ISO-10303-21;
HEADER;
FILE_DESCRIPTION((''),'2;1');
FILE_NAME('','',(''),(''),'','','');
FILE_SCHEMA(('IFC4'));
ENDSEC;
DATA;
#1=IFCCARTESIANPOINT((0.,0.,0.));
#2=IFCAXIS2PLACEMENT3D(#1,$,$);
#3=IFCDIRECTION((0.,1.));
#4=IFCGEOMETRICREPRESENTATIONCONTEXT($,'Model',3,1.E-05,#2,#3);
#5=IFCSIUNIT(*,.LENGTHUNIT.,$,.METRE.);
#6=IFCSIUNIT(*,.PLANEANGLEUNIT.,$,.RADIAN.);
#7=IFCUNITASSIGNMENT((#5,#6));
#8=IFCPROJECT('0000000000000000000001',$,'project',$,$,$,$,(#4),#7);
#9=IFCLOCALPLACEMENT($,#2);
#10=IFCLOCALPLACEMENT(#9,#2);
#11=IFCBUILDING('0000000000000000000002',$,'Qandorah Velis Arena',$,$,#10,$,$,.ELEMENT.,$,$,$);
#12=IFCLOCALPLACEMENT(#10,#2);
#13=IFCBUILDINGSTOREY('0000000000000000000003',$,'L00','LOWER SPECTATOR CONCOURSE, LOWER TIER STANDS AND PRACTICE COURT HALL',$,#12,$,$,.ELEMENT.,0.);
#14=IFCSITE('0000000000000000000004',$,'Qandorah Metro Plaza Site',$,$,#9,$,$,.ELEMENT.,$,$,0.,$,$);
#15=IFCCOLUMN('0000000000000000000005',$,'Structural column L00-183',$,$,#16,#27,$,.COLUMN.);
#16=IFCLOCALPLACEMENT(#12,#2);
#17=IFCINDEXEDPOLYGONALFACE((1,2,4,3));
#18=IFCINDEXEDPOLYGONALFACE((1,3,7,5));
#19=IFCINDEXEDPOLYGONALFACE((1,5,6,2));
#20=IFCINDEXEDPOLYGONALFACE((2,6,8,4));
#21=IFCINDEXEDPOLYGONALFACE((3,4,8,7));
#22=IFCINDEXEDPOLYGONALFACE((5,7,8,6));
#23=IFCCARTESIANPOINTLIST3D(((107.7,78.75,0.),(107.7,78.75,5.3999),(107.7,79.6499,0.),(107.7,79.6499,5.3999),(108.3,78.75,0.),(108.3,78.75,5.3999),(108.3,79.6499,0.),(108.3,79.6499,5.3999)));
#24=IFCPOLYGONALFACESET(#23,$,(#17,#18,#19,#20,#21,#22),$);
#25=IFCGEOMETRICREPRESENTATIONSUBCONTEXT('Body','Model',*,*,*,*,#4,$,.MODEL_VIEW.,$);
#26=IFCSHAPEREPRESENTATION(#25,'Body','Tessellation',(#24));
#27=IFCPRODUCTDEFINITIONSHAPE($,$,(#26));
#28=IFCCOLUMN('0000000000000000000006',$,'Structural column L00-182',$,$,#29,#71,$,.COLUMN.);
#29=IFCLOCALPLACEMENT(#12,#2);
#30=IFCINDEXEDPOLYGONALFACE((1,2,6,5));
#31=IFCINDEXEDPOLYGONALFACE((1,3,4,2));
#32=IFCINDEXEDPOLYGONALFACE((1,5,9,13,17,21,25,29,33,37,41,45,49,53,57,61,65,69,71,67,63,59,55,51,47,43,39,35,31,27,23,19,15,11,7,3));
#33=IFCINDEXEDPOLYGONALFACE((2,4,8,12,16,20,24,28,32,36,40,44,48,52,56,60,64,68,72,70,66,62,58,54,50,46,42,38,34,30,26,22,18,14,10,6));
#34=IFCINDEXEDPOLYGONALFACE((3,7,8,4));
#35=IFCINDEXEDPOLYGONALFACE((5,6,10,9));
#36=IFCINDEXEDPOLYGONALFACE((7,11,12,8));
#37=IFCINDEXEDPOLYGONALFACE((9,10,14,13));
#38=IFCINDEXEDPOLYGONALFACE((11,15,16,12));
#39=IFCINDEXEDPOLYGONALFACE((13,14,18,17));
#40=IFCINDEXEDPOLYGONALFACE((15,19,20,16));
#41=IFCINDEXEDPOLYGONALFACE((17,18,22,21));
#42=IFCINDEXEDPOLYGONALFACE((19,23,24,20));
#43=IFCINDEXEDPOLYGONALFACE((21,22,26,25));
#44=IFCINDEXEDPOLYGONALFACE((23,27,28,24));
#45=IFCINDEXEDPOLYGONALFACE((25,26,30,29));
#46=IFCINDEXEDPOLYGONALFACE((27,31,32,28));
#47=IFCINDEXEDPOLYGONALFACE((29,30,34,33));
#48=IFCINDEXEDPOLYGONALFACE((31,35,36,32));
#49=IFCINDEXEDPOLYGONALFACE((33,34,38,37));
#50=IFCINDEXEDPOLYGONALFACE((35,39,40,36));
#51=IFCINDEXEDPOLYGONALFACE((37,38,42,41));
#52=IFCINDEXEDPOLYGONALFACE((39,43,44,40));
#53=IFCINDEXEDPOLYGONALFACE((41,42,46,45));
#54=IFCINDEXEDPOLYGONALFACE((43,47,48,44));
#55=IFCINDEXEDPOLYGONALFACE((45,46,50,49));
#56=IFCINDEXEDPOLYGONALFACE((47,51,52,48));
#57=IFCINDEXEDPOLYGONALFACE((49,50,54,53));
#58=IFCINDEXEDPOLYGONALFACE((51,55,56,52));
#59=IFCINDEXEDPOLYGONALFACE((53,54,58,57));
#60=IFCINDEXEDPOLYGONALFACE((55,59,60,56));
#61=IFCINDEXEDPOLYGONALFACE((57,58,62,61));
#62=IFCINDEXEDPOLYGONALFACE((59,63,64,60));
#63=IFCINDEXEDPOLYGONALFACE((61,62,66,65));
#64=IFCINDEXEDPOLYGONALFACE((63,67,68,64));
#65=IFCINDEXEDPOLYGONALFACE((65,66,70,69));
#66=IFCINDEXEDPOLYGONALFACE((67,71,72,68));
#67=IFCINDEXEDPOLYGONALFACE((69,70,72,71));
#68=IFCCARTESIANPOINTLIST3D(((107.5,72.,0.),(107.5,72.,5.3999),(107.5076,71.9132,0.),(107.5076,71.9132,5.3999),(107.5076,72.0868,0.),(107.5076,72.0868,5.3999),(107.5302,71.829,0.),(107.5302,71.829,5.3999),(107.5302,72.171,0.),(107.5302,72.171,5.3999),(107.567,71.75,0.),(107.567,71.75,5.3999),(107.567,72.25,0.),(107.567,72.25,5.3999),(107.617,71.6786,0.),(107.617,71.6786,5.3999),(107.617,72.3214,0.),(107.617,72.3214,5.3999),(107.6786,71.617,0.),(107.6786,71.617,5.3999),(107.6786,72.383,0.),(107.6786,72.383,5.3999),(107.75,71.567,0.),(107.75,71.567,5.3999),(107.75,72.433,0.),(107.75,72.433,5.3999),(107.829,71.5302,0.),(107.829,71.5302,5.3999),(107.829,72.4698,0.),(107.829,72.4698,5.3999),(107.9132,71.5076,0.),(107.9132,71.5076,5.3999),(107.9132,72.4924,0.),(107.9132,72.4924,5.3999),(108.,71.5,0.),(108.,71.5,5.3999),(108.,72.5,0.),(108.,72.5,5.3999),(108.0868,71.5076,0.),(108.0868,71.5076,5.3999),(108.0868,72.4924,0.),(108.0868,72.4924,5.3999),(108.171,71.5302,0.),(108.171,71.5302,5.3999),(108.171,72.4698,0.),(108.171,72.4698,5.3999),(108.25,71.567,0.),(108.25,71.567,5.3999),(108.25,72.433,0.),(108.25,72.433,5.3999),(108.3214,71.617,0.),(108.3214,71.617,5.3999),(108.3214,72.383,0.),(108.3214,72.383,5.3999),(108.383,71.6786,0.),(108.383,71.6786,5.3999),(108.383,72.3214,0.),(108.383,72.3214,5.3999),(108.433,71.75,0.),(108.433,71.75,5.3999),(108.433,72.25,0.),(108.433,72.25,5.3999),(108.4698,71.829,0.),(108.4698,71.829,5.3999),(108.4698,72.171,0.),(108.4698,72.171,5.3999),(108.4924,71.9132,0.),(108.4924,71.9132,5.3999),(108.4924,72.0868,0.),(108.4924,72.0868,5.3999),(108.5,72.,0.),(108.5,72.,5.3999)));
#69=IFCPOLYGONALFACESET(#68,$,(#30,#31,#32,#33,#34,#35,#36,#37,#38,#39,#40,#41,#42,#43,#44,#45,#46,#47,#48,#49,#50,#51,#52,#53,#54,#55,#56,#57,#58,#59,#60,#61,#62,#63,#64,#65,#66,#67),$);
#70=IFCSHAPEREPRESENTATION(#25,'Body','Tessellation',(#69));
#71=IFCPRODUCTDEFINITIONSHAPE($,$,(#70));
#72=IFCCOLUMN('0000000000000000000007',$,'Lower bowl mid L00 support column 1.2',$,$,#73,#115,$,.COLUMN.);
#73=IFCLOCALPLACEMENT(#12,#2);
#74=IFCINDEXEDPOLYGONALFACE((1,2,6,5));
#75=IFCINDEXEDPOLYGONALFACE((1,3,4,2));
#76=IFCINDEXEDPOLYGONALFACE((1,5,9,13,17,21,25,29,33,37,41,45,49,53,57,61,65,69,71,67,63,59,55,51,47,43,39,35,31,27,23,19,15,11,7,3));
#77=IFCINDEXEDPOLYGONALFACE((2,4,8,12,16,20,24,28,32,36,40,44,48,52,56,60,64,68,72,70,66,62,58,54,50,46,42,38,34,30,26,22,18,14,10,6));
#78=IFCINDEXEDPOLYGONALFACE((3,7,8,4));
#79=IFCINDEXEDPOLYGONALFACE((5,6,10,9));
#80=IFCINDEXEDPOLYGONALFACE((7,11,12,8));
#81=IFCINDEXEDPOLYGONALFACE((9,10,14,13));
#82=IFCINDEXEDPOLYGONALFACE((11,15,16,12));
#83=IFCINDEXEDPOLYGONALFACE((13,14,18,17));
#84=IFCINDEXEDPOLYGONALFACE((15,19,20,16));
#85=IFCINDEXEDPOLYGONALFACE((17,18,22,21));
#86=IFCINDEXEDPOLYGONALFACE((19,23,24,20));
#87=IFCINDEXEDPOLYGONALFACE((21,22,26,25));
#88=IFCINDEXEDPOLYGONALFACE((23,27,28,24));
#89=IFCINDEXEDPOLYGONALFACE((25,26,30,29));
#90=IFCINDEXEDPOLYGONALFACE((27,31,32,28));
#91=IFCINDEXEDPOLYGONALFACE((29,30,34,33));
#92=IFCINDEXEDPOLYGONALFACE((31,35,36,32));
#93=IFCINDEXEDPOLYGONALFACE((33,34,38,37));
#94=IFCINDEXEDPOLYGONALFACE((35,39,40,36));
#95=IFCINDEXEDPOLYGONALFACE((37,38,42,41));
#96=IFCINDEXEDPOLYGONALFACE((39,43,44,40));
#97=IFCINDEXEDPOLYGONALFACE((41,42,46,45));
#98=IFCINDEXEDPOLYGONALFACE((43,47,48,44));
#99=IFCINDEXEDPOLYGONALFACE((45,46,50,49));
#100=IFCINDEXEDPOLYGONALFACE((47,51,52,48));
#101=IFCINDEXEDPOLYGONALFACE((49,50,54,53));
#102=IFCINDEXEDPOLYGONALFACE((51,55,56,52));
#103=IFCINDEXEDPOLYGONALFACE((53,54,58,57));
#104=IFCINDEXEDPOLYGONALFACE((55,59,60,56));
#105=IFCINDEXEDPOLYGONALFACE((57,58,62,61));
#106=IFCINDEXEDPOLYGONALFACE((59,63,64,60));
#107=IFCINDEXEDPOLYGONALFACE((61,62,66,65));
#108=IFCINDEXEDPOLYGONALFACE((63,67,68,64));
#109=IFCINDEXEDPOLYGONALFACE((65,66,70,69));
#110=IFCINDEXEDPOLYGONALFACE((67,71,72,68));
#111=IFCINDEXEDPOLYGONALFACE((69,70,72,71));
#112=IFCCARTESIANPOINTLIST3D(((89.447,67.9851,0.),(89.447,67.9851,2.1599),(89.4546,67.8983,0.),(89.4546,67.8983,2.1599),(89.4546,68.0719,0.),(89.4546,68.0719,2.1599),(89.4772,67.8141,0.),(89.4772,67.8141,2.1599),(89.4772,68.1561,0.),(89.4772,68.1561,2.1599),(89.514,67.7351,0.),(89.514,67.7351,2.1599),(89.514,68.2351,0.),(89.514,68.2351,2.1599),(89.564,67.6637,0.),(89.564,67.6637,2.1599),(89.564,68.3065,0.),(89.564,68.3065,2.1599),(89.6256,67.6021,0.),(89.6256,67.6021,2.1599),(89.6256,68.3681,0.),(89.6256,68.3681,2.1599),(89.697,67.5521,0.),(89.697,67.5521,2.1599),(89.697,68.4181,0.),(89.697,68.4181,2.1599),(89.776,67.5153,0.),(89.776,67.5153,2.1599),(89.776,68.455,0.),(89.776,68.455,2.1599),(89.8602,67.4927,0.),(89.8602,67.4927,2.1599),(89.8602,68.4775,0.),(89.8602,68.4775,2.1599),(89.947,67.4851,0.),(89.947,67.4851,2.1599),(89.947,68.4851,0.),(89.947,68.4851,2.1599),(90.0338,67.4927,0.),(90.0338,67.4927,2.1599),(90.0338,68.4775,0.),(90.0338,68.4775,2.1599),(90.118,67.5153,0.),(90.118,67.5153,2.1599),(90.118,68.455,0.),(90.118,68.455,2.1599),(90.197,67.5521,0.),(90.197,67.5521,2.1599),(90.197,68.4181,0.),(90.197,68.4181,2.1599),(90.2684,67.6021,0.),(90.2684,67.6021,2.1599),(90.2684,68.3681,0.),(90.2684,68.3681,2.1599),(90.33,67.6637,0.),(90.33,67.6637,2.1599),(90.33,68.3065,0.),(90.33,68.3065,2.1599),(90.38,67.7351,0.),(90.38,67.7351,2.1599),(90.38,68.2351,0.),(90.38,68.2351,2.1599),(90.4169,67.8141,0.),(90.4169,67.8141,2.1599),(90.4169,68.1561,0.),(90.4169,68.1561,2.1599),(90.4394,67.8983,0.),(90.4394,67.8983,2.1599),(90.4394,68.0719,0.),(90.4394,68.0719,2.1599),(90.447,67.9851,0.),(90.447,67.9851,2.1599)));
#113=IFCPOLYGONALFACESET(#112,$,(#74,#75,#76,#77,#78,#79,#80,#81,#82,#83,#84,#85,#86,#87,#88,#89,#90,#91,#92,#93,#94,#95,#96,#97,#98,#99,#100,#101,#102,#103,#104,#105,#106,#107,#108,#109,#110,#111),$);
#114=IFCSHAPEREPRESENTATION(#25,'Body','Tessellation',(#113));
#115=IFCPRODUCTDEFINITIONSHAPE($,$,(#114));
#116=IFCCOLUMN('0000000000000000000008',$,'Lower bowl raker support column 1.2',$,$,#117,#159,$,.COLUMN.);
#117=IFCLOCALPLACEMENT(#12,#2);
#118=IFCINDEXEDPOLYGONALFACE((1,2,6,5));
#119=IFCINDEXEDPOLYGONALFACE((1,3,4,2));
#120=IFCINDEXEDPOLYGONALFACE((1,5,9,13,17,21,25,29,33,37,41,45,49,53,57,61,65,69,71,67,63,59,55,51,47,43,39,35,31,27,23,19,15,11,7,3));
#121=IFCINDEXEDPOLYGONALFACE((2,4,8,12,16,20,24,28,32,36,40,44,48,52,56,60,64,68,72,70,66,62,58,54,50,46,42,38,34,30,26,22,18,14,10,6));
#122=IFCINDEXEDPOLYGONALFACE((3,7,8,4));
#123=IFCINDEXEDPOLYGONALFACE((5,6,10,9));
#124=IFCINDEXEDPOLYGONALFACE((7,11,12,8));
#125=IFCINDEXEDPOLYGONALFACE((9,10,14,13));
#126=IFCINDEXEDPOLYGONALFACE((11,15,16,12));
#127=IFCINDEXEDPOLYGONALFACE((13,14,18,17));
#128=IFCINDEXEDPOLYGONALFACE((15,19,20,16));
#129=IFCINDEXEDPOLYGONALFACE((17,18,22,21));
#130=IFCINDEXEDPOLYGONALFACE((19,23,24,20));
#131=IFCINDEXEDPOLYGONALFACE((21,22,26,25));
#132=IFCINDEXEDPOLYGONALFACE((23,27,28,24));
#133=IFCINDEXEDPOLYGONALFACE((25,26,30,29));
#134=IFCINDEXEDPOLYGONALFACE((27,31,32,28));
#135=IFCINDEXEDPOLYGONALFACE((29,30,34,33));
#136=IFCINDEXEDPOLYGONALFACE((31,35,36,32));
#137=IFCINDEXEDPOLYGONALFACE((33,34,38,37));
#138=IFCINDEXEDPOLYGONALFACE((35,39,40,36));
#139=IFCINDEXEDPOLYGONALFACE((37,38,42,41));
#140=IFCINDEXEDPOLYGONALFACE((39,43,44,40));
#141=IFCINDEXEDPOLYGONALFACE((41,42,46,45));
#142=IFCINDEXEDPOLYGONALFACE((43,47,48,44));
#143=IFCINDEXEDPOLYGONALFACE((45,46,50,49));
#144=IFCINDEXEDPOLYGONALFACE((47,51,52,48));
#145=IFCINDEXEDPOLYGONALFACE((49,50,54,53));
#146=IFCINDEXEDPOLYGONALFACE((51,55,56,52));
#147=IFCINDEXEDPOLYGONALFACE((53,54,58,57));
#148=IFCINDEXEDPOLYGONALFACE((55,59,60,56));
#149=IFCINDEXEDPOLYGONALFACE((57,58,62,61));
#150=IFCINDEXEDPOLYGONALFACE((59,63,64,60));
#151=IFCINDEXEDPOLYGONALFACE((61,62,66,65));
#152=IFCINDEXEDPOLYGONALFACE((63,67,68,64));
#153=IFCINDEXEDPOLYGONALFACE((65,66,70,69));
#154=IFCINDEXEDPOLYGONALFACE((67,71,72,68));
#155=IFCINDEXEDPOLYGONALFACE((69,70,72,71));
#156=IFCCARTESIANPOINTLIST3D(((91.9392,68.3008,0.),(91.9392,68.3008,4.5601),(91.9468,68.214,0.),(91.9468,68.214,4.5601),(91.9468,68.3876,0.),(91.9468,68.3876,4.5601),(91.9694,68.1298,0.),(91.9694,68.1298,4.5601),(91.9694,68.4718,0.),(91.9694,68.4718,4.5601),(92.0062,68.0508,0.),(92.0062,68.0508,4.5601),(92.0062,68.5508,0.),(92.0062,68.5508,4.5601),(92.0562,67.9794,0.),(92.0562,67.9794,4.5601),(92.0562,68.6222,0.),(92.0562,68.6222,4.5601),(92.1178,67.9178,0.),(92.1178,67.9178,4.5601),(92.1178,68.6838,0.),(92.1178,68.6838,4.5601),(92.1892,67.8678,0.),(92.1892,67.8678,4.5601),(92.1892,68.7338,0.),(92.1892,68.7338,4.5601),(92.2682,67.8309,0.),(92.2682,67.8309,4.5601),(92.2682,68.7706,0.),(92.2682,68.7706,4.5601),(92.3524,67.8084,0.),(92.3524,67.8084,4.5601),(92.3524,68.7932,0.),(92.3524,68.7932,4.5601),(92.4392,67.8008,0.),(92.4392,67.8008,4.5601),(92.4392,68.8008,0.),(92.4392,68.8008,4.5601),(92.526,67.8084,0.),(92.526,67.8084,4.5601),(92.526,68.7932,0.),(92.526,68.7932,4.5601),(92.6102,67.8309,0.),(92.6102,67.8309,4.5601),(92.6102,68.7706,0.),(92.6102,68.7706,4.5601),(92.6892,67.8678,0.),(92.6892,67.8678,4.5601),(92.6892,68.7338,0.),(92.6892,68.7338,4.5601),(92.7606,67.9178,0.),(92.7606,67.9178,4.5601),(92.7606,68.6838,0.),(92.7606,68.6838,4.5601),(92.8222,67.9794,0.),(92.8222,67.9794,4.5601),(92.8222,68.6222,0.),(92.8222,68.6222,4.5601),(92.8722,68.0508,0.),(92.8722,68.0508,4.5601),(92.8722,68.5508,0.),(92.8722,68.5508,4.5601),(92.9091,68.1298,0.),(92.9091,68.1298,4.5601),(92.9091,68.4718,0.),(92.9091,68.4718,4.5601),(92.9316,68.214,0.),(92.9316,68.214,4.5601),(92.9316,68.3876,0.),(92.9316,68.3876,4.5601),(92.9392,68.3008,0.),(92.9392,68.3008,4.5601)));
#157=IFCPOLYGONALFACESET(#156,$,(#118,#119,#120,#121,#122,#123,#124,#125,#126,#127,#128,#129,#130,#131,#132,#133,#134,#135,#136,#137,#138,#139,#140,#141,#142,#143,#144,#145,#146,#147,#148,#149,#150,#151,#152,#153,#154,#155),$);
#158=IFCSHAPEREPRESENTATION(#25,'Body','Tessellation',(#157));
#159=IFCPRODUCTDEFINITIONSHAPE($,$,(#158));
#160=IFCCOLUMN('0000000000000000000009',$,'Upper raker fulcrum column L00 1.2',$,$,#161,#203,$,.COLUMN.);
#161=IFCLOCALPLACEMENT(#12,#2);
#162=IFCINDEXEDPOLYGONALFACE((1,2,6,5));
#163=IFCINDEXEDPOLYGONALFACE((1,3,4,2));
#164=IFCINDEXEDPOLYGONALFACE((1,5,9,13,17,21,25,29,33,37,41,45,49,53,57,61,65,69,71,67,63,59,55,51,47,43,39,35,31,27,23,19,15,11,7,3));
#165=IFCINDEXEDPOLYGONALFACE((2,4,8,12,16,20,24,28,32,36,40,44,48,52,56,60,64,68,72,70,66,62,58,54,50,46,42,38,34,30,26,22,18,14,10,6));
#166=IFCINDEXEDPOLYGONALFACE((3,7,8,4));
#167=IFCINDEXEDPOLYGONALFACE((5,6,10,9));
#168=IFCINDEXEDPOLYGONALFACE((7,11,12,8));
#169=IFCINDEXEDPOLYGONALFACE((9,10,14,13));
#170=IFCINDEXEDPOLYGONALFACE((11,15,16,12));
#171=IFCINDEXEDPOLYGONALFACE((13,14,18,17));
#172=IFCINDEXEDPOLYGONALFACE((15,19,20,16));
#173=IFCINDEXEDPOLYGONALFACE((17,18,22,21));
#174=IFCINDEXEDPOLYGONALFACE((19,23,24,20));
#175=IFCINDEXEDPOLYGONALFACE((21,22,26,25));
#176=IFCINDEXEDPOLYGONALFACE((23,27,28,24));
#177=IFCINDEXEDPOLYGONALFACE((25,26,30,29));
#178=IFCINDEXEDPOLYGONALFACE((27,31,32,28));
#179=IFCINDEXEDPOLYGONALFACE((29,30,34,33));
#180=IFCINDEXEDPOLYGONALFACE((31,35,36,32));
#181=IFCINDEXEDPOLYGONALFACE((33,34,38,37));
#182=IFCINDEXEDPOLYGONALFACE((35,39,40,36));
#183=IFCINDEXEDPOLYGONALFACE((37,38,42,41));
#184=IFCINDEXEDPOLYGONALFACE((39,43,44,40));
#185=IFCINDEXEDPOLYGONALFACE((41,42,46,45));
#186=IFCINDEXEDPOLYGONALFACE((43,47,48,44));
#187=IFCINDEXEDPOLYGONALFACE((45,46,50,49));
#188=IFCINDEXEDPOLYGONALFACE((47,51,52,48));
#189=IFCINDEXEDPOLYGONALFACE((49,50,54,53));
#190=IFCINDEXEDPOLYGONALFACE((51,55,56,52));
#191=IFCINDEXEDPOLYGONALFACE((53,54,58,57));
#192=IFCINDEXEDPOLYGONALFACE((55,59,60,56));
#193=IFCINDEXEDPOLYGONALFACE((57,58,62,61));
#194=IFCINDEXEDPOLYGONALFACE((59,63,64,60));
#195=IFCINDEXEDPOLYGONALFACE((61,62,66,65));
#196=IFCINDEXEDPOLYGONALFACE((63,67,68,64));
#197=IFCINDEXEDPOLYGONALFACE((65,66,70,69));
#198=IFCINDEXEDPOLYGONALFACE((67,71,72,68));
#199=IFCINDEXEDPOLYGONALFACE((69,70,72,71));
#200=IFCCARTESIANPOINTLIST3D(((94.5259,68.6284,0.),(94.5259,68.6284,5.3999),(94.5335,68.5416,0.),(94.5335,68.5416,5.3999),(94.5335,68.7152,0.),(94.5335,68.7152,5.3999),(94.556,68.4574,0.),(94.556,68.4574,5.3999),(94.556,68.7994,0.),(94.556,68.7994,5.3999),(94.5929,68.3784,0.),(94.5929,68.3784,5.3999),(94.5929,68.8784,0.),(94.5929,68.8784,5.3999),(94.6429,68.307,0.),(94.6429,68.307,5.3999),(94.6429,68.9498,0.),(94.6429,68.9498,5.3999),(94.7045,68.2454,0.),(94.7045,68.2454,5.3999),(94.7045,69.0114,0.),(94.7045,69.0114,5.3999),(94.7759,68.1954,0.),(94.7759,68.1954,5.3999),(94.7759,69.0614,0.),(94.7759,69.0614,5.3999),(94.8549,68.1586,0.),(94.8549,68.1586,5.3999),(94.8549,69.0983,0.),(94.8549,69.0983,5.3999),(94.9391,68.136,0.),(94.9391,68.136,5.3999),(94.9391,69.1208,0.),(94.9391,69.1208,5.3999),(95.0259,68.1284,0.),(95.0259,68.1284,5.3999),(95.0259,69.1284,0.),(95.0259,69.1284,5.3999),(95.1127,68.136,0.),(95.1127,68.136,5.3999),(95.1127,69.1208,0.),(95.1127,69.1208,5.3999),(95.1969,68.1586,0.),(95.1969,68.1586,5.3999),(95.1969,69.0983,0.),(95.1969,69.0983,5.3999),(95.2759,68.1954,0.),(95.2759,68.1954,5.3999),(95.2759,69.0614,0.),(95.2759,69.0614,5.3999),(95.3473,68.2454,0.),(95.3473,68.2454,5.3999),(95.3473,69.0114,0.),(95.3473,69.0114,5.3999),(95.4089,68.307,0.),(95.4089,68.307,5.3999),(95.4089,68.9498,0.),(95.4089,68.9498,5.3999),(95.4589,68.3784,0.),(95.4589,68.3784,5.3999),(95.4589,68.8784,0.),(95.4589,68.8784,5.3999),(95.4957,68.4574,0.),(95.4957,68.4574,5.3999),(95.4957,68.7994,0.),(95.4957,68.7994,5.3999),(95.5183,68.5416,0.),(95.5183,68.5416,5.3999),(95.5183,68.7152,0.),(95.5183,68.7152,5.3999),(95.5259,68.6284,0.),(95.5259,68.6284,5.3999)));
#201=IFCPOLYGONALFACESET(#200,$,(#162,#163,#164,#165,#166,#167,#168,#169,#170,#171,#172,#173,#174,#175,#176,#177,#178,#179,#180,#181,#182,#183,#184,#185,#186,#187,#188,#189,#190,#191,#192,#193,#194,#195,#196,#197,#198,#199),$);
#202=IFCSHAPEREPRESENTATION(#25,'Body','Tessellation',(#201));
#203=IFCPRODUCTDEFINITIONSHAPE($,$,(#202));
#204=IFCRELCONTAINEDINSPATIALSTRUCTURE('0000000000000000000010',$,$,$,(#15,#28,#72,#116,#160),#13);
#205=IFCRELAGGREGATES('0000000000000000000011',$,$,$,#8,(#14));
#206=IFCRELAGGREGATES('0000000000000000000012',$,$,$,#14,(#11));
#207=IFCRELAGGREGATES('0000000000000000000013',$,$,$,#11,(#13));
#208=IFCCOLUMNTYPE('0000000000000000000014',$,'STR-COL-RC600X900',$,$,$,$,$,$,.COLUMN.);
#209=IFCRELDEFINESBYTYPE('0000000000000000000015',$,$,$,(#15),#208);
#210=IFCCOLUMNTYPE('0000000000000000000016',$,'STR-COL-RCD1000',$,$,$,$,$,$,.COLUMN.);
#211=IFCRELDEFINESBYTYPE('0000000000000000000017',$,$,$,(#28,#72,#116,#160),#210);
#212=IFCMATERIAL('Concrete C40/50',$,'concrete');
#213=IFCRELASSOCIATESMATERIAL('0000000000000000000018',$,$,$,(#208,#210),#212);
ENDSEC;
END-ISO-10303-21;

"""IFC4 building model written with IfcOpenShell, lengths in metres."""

from ifc_helpers import new_model, si_unit, direction, frame, origin, origin_2d, place, context, subcontext, project, spatial, rectangle, circle, extrude, material, material_profile, profile_set, type_object, element, save


model = new_model("IFC4")

# Units and contexts
model_context = context("Model", 3, precision=1e-05, world=origin(), true_north=direction((0.0, 1.0)))
body_context = subcontext(model_context, "Body", "Model", "MODEL_VIEW")
ifc_project = project(units=[si_unit("LENGTHUNIT", "METRE"), si_unit("PLANEANGLEUNIT", "RADIAN")], contexts=[model_context])

# Site, building, storey
site_placement = place(None, origin())
site = spatial("IfcSite", under=ifc_project, at=site_placement, Name="Qandorah Metro Plaza Site", CompositionType="ELEMENT", RefElevation=0.0)
building_placement = place(site_placement, origin())
building = spatial("IfcBuilding", under=site, at=building_placement, Name="Qandorah Velis Arena", CompositionType="ELEMENT")
storey_placement = place(building_placement, origin())
storey = spatial("IfcBuildingStorey", under=building, at=storey_placement, Name="L00", Description="LOWER SPECTATOR CONCOURSE, LOWER TIER STANDS AND PRACTICE COURT HALL", CompositionType="ELEMENT", Elevation=0.0)

# Columns
ifc_material_1 = material(Name="Concrete C40/50", Category="concrete")
ifc_material_profile_1 = material_profile(ifc_material_1, rectangle(XDim=0.6001, YDim=0.8999, at=origin_2d()), Name="RC COL 600x900")
ifc_profile_set_1 = profile_set([ifc_material_profile_1], Name="Concrete C40/50")
column_type_1 = type_object("IfcColumnType", Name="STR-COL-RC600X900", PredefinedType="COLUMN", material=ifc_profile_set_1)
column_1_placement = place(storey_placement, frame((108.0, 79.2, 0.0), z_axis=(0.0, 0.0, 1.0), x_axis=(1.0, 0.0, 0.0)))
element("IfcColumn", 1, at=column_1_placement, inside=storey, type_object=column_type_1, Name="Structural column L00-183", PredefinedType="COLUMN", context=body_context, shape_type="SweptSolid", body=[
    extrude(rectangle(XDim=0.6001, YDim=0.8999, at=origin_2d()), origin(), (0.0, 0.0, 1.0), 5.3999),
])
ifc_material_profile_2 = material_profile(ifc_material_1, circle(Radius=0.5, at=origin_2d()), Name="RC D1000")
ifc_profile_set_2 = profile_set([ifc_material_profile_2], Name="Concrete C40/50")
column_type_2 = type_object("IfcColumnType", Name="STR-COL-RCD1000", PredefinedType="COLUMN", material=ifc_profile_set_2)
column_2_placement = place(storey_placement, frame((108.0, 72.0, 0.0), z_axis=(0.0, 0.0, 1.0), x_axis=(1.0, 0.0, 0.0)))
element("IfcColumn", 2, at=column_2_placement, inside=storey, type_object=column_type_2, Name="Structural column L00-182", PredefinedType="COLUMN", context=body_context, shape_type="SweptSolid", body=[
    extrude(circle(Radius=0.5, at=origin_2d()), origin(), (0.0, 0.0, 1.0), 5.3999),
])
column_3_placement = place(storey_placement, frame((89.947, 67.9851, 0.0), z_axis=(0.0, 0.0, 1.0), x_axis=(1.0, 0.0, 0.0)))
element("IfcColumn", 3, at=column_3_placement, inside=storey, type_object=column_type_2, Name="Lower bowl mid L00 support column 1.2", PredefinedType="COLUMN", context=body_context, shape_type="SweptSolid", body=[
    extrude(circle(Radius=0.5, at=origin_2d()), origin(), (0.0, 0.0, 1.0), 2.1599),
])
column_4_placement = place(storey_placement, frame((92.4392, 68.3008, 0.0), z_axis=(0.0, 0.0, 1.0), x_axis=(1.0, 0.0, 0.0)))
element("IfcColumn", 4, at=column_4_placement, inside=storey, type_object=column_type_2, Name="Lower bowl raker support column 1.2", PredefinedType="COLUMN", context=body_context, shape_type="SweptSolid", body=[
    extrude(circle(Radius=0.5, at=origin_2d()), origin(), (0.0, 0.0, 1.0), 4.5601),
])
for number, where, z_axis, x_axis, name in (
    (5, (95.0259, 68.6284, 0.0), (0.0, 0.0, 1.0), (1.0, 0.0, 0.0), "Upper raker fulcrum column L00 1.2"),
):
    element("IfcColumn", number, at=place(storey_placement, frame(where, z_axis=z_axis, x_axis=x_axis)), inside=storey, type_object=column_type_2, Name=name, PredefinedType="COLUMN", context=body_context, shape_type="SweptSolid", body=[
        extrude(circle(Radius=0.5, at=origin_2d()), origin(), (0.0, 0.0, 1.0), 5.3999),
    ])

save(model, "model.ifc")
